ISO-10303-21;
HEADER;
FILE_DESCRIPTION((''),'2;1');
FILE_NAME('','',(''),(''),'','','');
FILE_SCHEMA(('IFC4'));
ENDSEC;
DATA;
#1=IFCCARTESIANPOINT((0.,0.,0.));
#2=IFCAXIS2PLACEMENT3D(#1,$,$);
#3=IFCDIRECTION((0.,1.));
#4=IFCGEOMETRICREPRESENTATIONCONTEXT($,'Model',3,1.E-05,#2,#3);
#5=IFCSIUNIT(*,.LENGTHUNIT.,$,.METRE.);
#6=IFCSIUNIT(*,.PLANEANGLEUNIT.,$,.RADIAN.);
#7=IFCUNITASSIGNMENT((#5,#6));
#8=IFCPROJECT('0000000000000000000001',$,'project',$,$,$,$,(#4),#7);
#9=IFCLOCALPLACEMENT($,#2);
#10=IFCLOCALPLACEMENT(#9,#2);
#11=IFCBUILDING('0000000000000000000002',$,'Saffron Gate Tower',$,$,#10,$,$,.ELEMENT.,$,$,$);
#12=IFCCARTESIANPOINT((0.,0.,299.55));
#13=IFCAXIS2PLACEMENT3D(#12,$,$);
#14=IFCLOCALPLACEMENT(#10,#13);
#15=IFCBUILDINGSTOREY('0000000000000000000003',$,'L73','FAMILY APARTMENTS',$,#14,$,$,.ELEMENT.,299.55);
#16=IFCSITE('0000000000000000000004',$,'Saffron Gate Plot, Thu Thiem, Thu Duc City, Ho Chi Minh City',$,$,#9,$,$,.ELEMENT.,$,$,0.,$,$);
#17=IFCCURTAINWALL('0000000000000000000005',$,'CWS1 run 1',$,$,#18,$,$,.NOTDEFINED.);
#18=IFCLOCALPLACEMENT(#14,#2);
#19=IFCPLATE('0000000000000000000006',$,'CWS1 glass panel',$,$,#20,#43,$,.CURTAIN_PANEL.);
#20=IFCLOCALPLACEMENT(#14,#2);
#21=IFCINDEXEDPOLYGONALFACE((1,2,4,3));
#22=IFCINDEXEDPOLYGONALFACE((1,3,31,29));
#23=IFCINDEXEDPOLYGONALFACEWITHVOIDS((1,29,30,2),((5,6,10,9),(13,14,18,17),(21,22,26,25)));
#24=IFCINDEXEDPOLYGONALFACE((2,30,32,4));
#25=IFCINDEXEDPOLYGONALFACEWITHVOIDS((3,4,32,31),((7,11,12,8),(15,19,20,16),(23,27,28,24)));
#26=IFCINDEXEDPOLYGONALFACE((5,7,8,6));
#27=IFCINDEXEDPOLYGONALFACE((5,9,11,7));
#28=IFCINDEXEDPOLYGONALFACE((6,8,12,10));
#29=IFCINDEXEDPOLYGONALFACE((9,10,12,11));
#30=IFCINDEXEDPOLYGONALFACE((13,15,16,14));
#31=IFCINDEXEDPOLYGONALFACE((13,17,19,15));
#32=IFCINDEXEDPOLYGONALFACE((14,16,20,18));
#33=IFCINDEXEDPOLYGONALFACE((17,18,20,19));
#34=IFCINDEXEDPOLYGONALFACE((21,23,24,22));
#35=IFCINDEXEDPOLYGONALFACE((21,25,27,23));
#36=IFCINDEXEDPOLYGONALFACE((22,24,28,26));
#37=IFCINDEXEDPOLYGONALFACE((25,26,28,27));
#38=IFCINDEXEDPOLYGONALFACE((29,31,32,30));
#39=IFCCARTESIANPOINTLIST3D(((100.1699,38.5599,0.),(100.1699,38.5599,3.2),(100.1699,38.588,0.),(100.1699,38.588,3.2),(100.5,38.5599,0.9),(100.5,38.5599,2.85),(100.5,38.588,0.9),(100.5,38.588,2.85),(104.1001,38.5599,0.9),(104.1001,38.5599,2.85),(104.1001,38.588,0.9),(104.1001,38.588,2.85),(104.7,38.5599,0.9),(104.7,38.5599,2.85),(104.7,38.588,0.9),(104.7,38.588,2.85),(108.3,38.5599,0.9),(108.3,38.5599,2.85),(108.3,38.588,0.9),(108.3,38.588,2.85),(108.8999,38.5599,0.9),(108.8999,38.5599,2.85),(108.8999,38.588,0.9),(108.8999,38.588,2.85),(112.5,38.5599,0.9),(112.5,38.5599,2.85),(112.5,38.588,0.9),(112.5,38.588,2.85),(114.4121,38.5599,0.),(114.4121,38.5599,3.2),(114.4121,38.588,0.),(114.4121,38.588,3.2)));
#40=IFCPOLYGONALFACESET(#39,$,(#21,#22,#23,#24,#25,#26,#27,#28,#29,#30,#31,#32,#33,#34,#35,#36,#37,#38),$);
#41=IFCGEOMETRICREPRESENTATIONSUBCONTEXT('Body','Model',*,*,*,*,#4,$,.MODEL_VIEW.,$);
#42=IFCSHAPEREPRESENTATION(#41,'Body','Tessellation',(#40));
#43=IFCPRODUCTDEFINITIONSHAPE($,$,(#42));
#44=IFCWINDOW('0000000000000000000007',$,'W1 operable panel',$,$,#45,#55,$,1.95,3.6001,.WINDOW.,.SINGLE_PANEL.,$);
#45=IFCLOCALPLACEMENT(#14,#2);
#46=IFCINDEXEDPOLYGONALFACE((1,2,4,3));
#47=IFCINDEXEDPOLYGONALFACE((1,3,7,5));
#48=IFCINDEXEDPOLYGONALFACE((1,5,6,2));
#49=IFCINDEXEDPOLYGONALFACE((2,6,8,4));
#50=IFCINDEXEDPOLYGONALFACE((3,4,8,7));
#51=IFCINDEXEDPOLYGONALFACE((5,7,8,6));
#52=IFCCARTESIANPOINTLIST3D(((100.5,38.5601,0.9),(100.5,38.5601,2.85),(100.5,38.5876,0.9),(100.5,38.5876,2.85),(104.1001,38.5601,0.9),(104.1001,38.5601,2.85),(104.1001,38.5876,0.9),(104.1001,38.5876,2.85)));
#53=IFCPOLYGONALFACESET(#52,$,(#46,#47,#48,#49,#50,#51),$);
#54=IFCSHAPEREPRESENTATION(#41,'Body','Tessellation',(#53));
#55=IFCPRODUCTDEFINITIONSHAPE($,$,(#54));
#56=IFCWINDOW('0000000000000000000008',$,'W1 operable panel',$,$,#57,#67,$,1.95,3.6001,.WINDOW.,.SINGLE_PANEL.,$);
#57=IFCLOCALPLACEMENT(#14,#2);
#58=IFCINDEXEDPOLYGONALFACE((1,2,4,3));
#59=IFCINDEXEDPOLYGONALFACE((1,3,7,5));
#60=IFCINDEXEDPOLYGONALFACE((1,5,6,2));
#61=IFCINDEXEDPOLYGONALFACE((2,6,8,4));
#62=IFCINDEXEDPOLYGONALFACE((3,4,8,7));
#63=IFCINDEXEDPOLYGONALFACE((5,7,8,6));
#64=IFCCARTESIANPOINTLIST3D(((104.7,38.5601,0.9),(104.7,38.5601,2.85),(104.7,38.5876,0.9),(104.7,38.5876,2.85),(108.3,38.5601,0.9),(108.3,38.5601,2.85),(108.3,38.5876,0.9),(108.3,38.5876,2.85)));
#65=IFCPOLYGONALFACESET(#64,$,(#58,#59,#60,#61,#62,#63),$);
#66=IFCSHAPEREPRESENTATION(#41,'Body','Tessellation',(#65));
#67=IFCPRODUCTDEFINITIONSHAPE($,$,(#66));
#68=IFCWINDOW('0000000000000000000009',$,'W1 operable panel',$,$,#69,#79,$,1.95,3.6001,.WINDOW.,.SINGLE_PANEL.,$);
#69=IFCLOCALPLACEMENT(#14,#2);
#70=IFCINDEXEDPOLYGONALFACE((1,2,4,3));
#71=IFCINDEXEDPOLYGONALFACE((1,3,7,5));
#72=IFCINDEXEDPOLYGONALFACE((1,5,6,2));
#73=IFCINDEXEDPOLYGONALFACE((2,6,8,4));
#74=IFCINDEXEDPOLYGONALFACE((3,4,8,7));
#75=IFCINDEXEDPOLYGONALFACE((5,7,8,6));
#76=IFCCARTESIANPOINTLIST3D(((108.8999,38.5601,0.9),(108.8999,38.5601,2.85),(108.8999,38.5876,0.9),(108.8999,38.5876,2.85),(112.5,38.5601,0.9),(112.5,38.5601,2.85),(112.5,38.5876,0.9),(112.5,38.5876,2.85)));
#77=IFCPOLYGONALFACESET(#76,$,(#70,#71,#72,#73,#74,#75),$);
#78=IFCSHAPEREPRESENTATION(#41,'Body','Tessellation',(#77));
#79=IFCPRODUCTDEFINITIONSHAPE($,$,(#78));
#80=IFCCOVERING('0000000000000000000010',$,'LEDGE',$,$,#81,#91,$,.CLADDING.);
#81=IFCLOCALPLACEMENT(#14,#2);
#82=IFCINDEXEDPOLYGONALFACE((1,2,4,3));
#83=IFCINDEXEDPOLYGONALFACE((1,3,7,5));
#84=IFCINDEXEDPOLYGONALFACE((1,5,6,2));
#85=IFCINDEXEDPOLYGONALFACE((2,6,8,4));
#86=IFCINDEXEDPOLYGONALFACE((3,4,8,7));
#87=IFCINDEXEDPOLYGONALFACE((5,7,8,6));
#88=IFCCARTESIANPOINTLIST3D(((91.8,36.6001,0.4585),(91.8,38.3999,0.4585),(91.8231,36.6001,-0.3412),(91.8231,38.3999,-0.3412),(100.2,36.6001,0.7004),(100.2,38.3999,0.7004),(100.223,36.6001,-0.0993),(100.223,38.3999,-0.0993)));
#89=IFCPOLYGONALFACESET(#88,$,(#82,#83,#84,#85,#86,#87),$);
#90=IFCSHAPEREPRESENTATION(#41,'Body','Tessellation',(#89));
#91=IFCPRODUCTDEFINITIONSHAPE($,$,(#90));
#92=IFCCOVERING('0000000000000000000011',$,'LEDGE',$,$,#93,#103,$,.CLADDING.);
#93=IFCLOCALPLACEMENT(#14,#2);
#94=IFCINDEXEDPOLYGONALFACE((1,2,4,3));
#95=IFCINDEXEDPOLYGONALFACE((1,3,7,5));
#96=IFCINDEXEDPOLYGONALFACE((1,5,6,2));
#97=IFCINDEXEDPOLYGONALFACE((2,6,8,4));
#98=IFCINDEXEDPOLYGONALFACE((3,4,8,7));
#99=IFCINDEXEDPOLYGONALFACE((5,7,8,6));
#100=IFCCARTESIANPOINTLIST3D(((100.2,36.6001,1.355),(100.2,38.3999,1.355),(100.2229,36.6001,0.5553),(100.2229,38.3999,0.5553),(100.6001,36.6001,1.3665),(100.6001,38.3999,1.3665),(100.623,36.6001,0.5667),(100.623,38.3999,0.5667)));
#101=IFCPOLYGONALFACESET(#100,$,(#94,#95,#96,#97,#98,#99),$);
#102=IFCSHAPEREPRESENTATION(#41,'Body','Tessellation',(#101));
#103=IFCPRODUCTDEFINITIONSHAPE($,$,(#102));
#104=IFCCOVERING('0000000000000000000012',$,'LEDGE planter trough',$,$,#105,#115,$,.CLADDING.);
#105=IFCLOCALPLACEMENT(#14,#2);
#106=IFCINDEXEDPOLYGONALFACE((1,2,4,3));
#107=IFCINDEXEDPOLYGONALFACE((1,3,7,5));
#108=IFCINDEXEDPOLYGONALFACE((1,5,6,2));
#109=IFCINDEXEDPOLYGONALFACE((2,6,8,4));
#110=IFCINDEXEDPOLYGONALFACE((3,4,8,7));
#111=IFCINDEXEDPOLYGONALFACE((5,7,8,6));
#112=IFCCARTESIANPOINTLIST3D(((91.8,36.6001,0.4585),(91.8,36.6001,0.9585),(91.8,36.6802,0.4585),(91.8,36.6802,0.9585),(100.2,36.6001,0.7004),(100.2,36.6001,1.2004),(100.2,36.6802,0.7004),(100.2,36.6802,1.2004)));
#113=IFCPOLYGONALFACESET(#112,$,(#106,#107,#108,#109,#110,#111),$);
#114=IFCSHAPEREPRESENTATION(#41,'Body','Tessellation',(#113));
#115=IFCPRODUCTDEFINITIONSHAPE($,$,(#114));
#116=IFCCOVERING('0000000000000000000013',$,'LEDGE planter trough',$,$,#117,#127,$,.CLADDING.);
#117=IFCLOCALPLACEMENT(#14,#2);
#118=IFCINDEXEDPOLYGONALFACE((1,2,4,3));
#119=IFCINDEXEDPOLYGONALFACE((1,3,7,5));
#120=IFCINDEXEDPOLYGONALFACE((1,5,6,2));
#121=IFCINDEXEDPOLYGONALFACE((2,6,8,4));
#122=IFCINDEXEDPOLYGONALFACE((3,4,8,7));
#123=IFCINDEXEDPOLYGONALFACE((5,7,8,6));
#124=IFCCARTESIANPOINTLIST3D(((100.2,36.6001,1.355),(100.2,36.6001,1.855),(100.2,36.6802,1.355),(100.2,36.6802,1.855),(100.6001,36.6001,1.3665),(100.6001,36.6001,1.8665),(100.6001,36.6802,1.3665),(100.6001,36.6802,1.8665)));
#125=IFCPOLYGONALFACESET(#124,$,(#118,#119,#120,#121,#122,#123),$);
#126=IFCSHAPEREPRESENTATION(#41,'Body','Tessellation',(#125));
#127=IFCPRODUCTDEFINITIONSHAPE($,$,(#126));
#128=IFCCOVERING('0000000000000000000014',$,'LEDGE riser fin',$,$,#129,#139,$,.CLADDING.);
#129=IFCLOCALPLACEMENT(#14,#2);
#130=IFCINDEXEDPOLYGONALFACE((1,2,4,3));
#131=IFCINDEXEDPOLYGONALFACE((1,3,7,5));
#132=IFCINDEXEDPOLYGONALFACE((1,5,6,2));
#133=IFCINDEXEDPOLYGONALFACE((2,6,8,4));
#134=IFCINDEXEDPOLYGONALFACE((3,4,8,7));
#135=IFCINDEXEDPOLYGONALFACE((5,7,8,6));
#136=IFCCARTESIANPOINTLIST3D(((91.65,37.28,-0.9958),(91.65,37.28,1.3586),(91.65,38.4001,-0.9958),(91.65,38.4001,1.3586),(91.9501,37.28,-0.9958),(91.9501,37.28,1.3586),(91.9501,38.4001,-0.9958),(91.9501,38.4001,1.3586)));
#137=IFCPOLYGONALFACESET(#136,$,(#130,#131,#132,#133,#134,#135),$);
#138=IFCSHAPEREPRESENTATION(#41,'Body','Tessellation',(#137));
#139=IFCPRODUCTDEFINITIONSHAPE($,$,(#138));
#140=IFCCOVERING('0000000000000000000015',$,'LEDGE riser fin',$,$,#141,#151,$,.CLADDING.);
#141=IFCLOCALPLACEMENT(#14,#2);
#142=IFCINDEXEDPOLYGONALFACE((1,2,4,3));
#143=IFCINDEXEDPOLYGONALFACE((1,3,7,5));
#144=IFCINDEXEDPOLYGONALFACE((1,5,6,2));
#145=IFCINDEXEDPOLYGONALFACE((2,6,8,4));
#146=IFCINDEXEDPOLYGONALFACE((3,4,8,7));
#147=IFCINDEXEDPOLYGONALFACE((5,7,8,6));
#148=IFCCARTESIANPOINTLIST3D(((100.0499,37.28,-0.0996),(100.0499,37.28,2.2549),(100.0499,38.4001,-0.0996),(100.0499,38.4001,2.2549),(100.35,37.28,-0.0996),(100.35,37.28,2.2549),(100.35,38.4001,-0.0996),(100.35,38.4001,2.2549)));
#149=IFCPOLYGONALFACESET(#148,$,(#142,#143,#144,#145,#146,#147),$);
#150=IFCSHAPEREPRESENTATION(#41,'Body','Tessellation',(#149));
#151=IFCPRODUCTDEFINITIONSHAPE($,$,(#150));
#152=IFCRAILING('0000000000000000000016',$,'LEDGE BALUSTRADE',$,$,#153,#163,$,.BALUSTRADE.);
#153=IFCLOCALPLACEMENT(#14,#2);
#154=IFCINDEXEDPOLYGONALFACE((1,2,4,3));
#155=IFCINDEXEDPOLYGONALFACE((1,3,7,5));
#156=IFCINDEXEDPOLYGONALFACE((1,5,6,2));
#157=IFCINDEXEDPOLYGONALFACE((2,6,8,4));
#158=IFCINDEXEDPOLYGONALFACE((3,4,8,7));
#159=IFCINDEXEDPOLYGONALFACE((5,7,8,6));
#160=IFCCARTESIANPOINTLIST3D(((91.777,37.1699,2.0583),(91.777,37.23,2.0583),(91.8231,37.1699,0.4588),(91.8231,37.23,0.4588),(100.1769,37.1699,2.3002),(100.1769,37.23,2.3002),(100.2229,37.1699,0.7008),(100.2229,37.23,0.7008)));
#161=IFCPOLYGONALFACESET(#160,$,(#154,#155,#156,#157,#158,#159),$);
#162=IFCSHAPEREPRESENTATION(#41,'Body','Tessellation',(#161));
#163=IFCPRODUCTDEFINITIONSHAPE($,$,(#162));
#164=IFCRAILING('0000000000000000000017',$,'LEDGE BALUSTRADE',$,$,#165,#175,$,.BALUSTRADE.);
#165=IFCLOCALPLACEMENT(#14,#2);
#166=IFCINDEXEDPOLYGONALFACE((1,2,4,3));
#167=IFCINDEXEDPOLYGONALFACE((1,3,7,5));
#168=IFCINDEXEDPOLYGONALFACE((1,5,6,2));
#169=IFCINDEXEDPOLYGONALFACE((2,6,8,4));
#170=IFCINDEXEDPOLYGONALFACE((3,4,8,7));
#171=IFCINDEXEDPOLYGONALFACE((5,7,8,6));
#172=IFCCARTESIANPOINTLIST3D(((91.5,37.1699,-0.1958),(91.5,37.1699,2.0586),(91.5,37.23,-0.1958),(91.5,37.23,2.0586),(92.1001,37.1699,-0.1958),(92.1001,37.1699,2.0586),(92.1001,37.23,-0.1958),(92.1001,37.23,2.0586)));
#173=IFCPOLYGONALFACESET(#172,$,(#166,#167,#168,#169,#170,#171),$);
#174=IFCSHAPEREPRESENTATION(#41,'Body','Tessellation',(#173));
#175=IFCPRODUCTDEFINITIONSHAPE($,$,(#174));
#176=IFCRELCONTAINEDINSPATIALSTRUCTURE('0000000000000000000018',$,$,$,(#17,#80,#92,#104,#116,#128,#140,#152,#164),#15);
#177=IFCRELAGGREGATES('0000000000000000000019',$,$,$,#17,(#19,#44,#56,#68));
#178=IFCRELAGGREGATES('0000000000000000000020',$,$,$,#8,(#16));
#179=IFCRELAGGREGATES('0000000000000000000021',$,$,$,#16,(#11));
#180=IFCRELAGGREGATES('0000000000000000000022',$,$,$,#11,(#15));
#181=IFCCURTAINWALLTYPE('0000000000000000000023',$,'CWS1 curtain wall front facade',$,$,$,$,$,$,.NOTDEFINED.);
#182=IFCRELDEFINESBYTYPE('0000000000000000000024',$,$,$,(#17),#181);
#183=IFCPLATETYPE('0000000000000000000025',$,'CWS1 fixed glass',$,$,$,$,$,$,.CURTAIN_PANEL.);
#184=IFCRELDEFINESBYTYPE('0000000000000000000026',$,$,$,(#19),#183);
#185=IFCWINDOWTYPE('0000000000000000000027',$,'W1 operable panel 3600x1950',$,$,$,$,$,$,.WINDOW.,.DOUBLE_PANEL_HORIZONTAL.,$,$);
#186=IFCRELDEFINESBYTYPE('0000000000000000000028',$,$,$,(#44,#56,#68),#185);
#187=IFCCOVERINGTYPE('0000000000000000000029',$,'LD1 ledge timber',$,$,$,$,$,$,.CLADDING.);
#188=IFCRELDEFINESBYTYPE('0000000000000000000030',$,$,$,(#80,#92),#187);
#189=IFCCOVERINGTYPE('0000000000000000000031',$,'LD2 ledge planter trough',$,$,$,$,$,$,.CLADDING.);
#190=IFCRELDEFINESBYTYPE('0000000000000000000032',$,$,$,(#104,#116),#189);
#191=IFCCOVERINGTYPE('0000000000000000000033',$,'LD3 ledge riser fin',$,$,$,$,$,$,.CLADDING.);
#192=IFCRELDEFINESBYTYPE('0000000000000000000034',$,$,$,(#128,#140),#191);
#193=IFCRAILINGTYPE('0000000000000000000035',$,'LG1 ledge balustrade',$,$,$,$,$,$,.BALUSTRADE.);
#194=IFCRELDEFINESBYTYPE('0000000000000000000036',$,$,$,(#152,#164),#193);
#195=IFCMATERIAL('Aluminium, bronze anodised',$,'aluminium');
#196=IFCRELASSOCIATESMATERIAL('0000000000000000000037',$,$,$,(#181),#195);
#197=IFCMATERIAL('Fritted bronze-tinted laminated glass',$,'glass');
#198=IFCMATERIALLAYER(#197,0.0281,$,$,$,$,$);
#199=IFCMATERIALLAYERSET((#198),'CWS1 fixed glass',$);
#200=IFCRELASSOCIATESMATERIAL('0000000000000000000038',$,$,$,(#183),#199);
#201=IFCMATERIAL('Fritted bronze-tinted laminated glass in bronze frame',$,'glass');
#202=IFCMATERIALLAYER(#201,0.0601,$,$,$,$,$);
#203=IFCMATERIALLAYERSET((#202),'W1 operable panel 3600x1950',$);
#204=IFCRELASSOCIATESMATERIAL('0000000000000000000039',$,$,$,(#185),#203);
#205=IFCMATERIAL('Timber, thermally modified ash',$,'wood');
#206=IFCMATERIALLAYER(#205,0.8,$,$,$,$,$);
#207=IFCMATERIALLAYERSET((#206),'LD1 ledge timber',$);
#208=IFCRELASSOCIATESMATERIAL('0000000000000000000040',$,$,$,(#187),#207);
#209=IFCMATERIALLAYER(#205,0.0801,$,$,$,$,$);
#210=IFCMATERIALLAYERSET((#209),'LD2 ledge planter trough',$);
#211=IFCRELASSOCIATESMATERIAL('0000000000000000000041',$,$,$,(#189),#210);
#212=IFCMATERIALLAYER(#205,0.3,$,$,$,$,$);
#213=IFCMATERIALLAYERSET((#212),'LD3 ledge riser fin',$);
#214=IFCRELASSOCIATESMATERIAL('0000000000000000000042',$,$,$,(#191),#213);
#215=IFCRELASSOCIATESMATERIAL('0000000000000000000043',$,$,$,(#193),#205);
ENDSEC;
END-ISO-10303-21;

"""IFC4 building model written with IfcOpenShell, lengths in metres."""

from ifc_helpers import new_model, si_unit, direction, frame, frame_2d, origin, origin_2d, place, context, subcontext, project, spatial, polyline, rectangle, outline, extrude, material, layer, layer_set, type_object, element, fill, aggregate, save


model = new_model("IFC4")

# Units and contexts
model_context = context("Model", 3, precision=1e-05, world=origin(), true_north=direction((0.0, 1.0)))
body_context = subcontext(model_context, "Body", "Model", "MODEL_VIEW")
ifc_project = project(units=[si_unit("LENGTHUNIT", "METRE"), si_unit("PLANEANGLEUNIT", "RADIAN")], contexts=[model_context])

# Site, building, storey
site_placement = place(None, origin())
site = spatial("IfcSite", under=ifc_project, at=site_placement, Name="Saffron Gate Plot, Thu Thiem, Thu Duc City, Ho Chi Minh City", CompositionType="ELEMENT", RefElevation=0.0)
building_placement = place(site_placement, origin())
building = spatial("IfcBuilding", under=site, at=building_placement, Name="Saffron Gate Tower", CompositionType="ELEMENT")
storey_placement = place(building_placement, frame((0.0, 0.0, 299.55)))
storey = spatial("IfcBuildingStorey", under=building, at=storey_placement, Name="L73", Description="FAMILY APARTMENTS", CompositionType="ELEMENT", Elevation=299.55)

# Curtain wall, plate, openings, windows
ifc_material_1 = material(Name="Aluminium, bronze anodised", Category="aluminium")
curtain_wall_type = type_object("IfcCurtainWallType", Name="CWS1 curtain wall front facade", PredefinedType="NOTDEFINED", material=ifc_material_1)
curtain_wall_placement = place(storey_placement, origin())
curtain_wall = element("IfcCurtainWall", 1, at=curtain_wall_placement, inside=storey, type_object=curtain_wall_type, Name="CWS1 run 1", PredefinedType="NOTDEFINED")
ifc_material_2 = material(Name="Fritted bronze-tinted laminated glass", Category="glass")
ifc_layer_1 = layer(ifc_material_2, 0.0281)
ifc_layer_set_1 = layer_set([ifc_layer_1], Name="CWS1 fixed glass")
plate_type = type_object("IfcPlateType", Name="CWS1 fixed glass", PredefinedType="CURTAIN_PANEL", material=ifc_layer_set_1)
plate_placement = place(storey_placement, frame((100.1699, 38.574, 0.0), z_axis=(0.0, 0.0, 1.0), x_axis=(1.0, 0.0, 0.0)))
plate = element("IfcPlate", 2, at=plate_placement, type_object=plate_type, Name="CWS1 glass panel", PredefinedType="CURTAIN_PANEL", context=body_context, shape_type="SweptSolid", body=[
    extrude(rectangle(XDim=14.2422, YDim=0.0281, at=frame_2d((7.1211, 0.0))), origin(), (0.0, 0.0, 1.0), 3.2),
])
opening_1_placement = place(plate_placement, frame((0.3301, 0.0, 0.8999)))
opening_1 = element("IfcOpeningElement", 3, at=opening_1_placement, cuts=plate, PredefinedType="OPENING", context=body_context, shape_type="SweptSolid", body=[
    extrude(rectangle(XDim=3.6001, YDim=1.95, at=frame_2d((1.8, 0.9751))), frame((0.0, 0.0239, 0.0), z_axis=(0.0, -1.0, 0.0), x_axis=(1.0, 0.0, 0.0)), (0.0, 0.0, 1.0), 0.0481),
])
opening_2_placement = place(plate_placement, frame((4.53, 0.0, 0.8999)))
opening_2 = element("IfcOpeningElement", 4, at=opening_2_placement, cuts=plate, PredefinedType="OPENING", context=body_context, shape_type="SweptSolid", body=[
    extrude(rectangle(XDim=3.6001, YDim=1.95, at=frame_2d((1.8, 0.9751))), frame((0.0, 0.0239, 0.0), z_axis=(0.0, -1.0, 0.0), x_axis=(1.0, 0.0, 0.0)), (0.0, 0.0, 1.0), 0.0481),
])
opening_3_placement = place(plate_placement, frame((8.73, 0.0, 0.8999)))
opening_3 = element("IfcOpeningElement", 5, at=opening_3_placement, cuts=plate, PredefinedType="OPENING", context=body_context, shape_type="SweptSolid", body=[
    extrude(rectangle(XDim=3.6001, YDim=1.95, at=frame_2d((1.8, 0.9751))), frame((0.0, 0.0239, 0.0), z_axis=(0.0, -1.0, 0.0), x_axis=(1.0, 0.0, 0.0)), (0.0, 0.0, 1.0), 0.0481),
])
ifc_material_3 = material(Name="Fritted bronze-tinted laminated glass in bronze frame", Category="glass")
ifc_layer_2 = layer(ifc_material_3, 0.0601)
ifc_layer_set_2 = layer_set([ifc_layer_2], Name="W1 operable panel 3600x1950")
window_type = type_object("IfcWindowType", Name="W1 operable panel 3600x1950", PartitioningType="DOUBLE_PANEL_HORIZONTAL", PredefinedType="WINDOW", material=ifc_layer_set_2)
window_1_placement = place(opening_1_placement, origin())
window_1 = element("IfcWindow", 6, at=window_1_placement, type_object=window_type, Name="W1 operable panel", OverallHeight=1.95, OverallWidth=3.6001, PartitioningType="SINGLE_PANEL", PredefinedType="WINDOW", context=body_context, shape_type="SweptSolid", body=[
    extrude(rectangle(XDim=3.6001, YDim=1.95, at=frame_2d((1.8, 0.9751))), frame((0.0, 0.0137, 0.0), z_axis=(0.0, -1.0, 0.0), x_axis=(1.0, 0.0, 0.0)), (0.0, 0.0, 1.0), 0.0276),
])
fill(opening_1, window_1)
window_2_placement = place(opening_2_placement, origin())
window_2 = element("IfcWindow", 7, at=window_2_placement, type_object=window_type, Name="W1 operable panel", OverallHeight=1.95, OverallWidth=3.6001, PartitioningType="SINGLE_PANEL", PredefinedType="WINDOW", context=body_context, shape_type="SweptSolid", body=[
    extrude(rectangle(XDim=3.6001, YDim=1.95, at=frame_2d((1.8, 0.9751))), frame((0.0, 0.0137, 0.0), z_axis=(0.0, -1.0, 0.0), x_axis=(1.0, 0.0, 0.0)), (0.0, 0.0, 1.0), 0.0276),
])
fill(opening_2, window_2)
window_3_placement = place(opening_3_placement, origin())
window_3 = element("IfcWindow", 8, at=window_3_placement, type_object=window_type, Name="W1 operable panel", OverallHeight=1.95, OverallWidth=3.6001, PartitioningType="SINGLE_PANEL", PredefinedType="WINDOW", context=body_context, shape_type="SweptSolid", body=[
    extrude(rectangle(XDim=3.6001, YDim=1.95, at=frame_2d((1.8, 0.9751))), frame((0.0, 0.0137, 0.0), z_axis=(0.0, -1.0, 0.0), x_axis=(1.0, 0.0, 0.0)), (0.0, 0.0, 1.0), 0.0276),
])
fill(opening_3, window_3)
aggregate(curtain_wall, [plate, window_1, window_2, window_3])

# Coverings
ifc_material_4 = material(Name="Timber, thermally modified ash", Category="wood")
ifc_layer_3 = layer(ifc_material_4, 0.8)
ifc_layer_set_3 = layer_set([ifc_layer_3], Name="LD1 ledge timber")
covering_type_1 = type_object("IfcCoveringType", Name="LD1 ledge timber", PredefinedType="CLADDING", material=ifc_layer_set_3)
covering_1_placement = place(storey_placement, frame((91.8, 38.3999, 0.4585), z_axis=(-0.028791, 0.0, 0.999585), x_axis=(0.999585, 0.0, 0.028791)))
element("IfcCovering", 9, at=covering_1_placement, inside=storey, type_object=covering_type_1, Name="LEDGE", PredefinedType="CLADDING", context=body_context, shape_type="SweptSolid", body=[
    extrude(outline(polyline([(0.0, 0.0), (8.4034, 0.0), (8.4034, -1.7998), (0.0, -1.7998), (0.0, 0.0)])), origin(), (0.0, 0.0, -1.0), 0.8),
])
covering_2_placement = place(storey_placement, frame((100.2, 38.3999, 1.355), z_axis=(-0.028664, 0.0, 0.999589), x_axis=(0.999589, 0.0, 0.028664)))
element("IfcCovering", 10, at=covering_2_placement, inside=storey, type_object=covering_type_1, Name="LEDGE", PredefinedType="CLADDING", context=body_context, shape_type="SweptSolid", body=[
    extrude(outline(polyline([(0.0, 0.0), (0.4003, 0.0), (0.4003, -1.7998), (0.0, -1.7998), (0.0, 0.0)])), origin(), (0.0, 0.0, -1.0), 0.8),
])
ifc_layer_4 = layer(ifc_material_4, 0.0801)
ifc_layer_set_4 = layer_set([ifc_layer_4], Name="LD2 ledge planter trough")
covering_type_2 = type_object("IfcCoveringType", Name="LD2 ledge planter trough", PredefinedType="CLADDING", material=ifc_layer_set_4)
covering_3_placement = place(storey_placement, frame((91.8, 36.6001, 0.4585), z_axis=(0.0, -1.0, 0.0), x_axis=(0.999585, 0.0, 0.028791)))
element("IfcCovering", 11, at=covering_3_placement, inside=storey, type_object=covering_type_2, Name="LEDGE planter trough", PredefinedType="CLADDING", context=body_context, shape_type="SweptSolid", body=[
    extrude(outline(polyline([(0.0, 0.0), (8.4034, 0.0), (8.4178, 0.4998), (0.0144, 0.4998), (0.0, 0.0)])), origin(), (0.0, 0.0, -1.0), 0.0801),
])
covering_4_placement = place(storey_placement, frame((100.2, 36.6001, 1.355), z_axis=(0.0, -1.0, 0.0), x_axis=(0.999589, 0.0, 0.028664)))
element("IfcCovering", 12, at=covering_4_placement, inside=storey, type_object=covering_type_2, Name="LEDGE planter trough", PredefinedType="CLADDING", context=body_context, shape_type="SweptSolid", body=[
    extrude(outline(polyline([(0.0, 0.0), (0.4003, 0.0), (0.4146, 0.4998), (0.0143, 0.4998), (0.0, 0.0)])), origin(), (0.0, 0.0, -1.0), 0.0801),
])
ifc_layer_5 = layer(ifc_material_4, 0.3)
ifc_layer_set_5 = layer_set([ifc_layer_5], Name="LD3 ledge riser fin")
covering_type_3 = type_object("IfcCoveringType", Name="LD3 ledge riser fin", PredefinedType="CLADDING", material=ifc_layer_set_5)
for number, where, z_axis, x_axis, name in (
    (13, (91.8, 37.8401, -0.9958), (0.0, 0.0, 1.0), (1.0, 0.0, 0.0), "LEDGE riser fin"),
    (14, (100.2, 37.8401, -0.0996), (0.0, 0.0, 1.0), (1.0, 0.0, 0.0), "LEDGE riser fin"),
):
    element("IfcCovering", number, at=place(storey_placement, frame(where, z_axis=z_axis, x_axis=x_axis)), inside=storey, type_object=covering_type_3, Name=name, PredefinedType="CLADDING", context=body_context, shape_type="SweptSolid", body=[
        extrude(rectangle(XDim=0.3, YDim=1.1201, at=origin_2d()), origin(), (0.0, 0.0, 1.0), 2.3545),
    ])

# Railings
railing_type_1 = type_object("IfcRailingType", Name="LG1 ledge balustrade", PredefinedType="BALUSTRADE", material=ifc_material_4)
railing_1_placement = place(storey_placement, frame((91.8, 37.2, 0.4585)))
element("IfcRailing", 15, at=railing_1_placement, inside=storey, type_object=railing_type_1, Name="LEDGE BALUSTRADE", PredefinedType="BALUSTRADE", context=body_context, shape_type="SweptSolid", body=[
    extrude(rectangle(XDim=0.0601, YDim=1.6001, at=origin_2d()), frame((0.0, 0.0, 0.8), z_axis=(0.999585, 0.0, 0.028791), x_axis=(0.0, 1.0, 0.0)), (0.0, 0.0, 1.0), 8.4033),
])
railing_2_placement = place(storey_placement, frame((91.5, 37.2, -0.1958)))
element("IfcRailing", 16, at=railing_2_placement, inside=storey, type_object=railing_type_1, Name="LEDGE BALUSTRADE", PredefinedType="BALUSTRADE", context=body_context, shape_type="SweptSolid", body=[
    extrude(rectangle(XDim=0.0601, YDim=2.2544, at=origin_2d()), frame((0.0, 0.0, 1.1272), z_axis=(1.0, 0.0, 0.0), x_axis=(0.0, 1.0, 0.0)), (0.0, 0.0, 1.0), 0.6001),
])

save(model, "model.ifc")
